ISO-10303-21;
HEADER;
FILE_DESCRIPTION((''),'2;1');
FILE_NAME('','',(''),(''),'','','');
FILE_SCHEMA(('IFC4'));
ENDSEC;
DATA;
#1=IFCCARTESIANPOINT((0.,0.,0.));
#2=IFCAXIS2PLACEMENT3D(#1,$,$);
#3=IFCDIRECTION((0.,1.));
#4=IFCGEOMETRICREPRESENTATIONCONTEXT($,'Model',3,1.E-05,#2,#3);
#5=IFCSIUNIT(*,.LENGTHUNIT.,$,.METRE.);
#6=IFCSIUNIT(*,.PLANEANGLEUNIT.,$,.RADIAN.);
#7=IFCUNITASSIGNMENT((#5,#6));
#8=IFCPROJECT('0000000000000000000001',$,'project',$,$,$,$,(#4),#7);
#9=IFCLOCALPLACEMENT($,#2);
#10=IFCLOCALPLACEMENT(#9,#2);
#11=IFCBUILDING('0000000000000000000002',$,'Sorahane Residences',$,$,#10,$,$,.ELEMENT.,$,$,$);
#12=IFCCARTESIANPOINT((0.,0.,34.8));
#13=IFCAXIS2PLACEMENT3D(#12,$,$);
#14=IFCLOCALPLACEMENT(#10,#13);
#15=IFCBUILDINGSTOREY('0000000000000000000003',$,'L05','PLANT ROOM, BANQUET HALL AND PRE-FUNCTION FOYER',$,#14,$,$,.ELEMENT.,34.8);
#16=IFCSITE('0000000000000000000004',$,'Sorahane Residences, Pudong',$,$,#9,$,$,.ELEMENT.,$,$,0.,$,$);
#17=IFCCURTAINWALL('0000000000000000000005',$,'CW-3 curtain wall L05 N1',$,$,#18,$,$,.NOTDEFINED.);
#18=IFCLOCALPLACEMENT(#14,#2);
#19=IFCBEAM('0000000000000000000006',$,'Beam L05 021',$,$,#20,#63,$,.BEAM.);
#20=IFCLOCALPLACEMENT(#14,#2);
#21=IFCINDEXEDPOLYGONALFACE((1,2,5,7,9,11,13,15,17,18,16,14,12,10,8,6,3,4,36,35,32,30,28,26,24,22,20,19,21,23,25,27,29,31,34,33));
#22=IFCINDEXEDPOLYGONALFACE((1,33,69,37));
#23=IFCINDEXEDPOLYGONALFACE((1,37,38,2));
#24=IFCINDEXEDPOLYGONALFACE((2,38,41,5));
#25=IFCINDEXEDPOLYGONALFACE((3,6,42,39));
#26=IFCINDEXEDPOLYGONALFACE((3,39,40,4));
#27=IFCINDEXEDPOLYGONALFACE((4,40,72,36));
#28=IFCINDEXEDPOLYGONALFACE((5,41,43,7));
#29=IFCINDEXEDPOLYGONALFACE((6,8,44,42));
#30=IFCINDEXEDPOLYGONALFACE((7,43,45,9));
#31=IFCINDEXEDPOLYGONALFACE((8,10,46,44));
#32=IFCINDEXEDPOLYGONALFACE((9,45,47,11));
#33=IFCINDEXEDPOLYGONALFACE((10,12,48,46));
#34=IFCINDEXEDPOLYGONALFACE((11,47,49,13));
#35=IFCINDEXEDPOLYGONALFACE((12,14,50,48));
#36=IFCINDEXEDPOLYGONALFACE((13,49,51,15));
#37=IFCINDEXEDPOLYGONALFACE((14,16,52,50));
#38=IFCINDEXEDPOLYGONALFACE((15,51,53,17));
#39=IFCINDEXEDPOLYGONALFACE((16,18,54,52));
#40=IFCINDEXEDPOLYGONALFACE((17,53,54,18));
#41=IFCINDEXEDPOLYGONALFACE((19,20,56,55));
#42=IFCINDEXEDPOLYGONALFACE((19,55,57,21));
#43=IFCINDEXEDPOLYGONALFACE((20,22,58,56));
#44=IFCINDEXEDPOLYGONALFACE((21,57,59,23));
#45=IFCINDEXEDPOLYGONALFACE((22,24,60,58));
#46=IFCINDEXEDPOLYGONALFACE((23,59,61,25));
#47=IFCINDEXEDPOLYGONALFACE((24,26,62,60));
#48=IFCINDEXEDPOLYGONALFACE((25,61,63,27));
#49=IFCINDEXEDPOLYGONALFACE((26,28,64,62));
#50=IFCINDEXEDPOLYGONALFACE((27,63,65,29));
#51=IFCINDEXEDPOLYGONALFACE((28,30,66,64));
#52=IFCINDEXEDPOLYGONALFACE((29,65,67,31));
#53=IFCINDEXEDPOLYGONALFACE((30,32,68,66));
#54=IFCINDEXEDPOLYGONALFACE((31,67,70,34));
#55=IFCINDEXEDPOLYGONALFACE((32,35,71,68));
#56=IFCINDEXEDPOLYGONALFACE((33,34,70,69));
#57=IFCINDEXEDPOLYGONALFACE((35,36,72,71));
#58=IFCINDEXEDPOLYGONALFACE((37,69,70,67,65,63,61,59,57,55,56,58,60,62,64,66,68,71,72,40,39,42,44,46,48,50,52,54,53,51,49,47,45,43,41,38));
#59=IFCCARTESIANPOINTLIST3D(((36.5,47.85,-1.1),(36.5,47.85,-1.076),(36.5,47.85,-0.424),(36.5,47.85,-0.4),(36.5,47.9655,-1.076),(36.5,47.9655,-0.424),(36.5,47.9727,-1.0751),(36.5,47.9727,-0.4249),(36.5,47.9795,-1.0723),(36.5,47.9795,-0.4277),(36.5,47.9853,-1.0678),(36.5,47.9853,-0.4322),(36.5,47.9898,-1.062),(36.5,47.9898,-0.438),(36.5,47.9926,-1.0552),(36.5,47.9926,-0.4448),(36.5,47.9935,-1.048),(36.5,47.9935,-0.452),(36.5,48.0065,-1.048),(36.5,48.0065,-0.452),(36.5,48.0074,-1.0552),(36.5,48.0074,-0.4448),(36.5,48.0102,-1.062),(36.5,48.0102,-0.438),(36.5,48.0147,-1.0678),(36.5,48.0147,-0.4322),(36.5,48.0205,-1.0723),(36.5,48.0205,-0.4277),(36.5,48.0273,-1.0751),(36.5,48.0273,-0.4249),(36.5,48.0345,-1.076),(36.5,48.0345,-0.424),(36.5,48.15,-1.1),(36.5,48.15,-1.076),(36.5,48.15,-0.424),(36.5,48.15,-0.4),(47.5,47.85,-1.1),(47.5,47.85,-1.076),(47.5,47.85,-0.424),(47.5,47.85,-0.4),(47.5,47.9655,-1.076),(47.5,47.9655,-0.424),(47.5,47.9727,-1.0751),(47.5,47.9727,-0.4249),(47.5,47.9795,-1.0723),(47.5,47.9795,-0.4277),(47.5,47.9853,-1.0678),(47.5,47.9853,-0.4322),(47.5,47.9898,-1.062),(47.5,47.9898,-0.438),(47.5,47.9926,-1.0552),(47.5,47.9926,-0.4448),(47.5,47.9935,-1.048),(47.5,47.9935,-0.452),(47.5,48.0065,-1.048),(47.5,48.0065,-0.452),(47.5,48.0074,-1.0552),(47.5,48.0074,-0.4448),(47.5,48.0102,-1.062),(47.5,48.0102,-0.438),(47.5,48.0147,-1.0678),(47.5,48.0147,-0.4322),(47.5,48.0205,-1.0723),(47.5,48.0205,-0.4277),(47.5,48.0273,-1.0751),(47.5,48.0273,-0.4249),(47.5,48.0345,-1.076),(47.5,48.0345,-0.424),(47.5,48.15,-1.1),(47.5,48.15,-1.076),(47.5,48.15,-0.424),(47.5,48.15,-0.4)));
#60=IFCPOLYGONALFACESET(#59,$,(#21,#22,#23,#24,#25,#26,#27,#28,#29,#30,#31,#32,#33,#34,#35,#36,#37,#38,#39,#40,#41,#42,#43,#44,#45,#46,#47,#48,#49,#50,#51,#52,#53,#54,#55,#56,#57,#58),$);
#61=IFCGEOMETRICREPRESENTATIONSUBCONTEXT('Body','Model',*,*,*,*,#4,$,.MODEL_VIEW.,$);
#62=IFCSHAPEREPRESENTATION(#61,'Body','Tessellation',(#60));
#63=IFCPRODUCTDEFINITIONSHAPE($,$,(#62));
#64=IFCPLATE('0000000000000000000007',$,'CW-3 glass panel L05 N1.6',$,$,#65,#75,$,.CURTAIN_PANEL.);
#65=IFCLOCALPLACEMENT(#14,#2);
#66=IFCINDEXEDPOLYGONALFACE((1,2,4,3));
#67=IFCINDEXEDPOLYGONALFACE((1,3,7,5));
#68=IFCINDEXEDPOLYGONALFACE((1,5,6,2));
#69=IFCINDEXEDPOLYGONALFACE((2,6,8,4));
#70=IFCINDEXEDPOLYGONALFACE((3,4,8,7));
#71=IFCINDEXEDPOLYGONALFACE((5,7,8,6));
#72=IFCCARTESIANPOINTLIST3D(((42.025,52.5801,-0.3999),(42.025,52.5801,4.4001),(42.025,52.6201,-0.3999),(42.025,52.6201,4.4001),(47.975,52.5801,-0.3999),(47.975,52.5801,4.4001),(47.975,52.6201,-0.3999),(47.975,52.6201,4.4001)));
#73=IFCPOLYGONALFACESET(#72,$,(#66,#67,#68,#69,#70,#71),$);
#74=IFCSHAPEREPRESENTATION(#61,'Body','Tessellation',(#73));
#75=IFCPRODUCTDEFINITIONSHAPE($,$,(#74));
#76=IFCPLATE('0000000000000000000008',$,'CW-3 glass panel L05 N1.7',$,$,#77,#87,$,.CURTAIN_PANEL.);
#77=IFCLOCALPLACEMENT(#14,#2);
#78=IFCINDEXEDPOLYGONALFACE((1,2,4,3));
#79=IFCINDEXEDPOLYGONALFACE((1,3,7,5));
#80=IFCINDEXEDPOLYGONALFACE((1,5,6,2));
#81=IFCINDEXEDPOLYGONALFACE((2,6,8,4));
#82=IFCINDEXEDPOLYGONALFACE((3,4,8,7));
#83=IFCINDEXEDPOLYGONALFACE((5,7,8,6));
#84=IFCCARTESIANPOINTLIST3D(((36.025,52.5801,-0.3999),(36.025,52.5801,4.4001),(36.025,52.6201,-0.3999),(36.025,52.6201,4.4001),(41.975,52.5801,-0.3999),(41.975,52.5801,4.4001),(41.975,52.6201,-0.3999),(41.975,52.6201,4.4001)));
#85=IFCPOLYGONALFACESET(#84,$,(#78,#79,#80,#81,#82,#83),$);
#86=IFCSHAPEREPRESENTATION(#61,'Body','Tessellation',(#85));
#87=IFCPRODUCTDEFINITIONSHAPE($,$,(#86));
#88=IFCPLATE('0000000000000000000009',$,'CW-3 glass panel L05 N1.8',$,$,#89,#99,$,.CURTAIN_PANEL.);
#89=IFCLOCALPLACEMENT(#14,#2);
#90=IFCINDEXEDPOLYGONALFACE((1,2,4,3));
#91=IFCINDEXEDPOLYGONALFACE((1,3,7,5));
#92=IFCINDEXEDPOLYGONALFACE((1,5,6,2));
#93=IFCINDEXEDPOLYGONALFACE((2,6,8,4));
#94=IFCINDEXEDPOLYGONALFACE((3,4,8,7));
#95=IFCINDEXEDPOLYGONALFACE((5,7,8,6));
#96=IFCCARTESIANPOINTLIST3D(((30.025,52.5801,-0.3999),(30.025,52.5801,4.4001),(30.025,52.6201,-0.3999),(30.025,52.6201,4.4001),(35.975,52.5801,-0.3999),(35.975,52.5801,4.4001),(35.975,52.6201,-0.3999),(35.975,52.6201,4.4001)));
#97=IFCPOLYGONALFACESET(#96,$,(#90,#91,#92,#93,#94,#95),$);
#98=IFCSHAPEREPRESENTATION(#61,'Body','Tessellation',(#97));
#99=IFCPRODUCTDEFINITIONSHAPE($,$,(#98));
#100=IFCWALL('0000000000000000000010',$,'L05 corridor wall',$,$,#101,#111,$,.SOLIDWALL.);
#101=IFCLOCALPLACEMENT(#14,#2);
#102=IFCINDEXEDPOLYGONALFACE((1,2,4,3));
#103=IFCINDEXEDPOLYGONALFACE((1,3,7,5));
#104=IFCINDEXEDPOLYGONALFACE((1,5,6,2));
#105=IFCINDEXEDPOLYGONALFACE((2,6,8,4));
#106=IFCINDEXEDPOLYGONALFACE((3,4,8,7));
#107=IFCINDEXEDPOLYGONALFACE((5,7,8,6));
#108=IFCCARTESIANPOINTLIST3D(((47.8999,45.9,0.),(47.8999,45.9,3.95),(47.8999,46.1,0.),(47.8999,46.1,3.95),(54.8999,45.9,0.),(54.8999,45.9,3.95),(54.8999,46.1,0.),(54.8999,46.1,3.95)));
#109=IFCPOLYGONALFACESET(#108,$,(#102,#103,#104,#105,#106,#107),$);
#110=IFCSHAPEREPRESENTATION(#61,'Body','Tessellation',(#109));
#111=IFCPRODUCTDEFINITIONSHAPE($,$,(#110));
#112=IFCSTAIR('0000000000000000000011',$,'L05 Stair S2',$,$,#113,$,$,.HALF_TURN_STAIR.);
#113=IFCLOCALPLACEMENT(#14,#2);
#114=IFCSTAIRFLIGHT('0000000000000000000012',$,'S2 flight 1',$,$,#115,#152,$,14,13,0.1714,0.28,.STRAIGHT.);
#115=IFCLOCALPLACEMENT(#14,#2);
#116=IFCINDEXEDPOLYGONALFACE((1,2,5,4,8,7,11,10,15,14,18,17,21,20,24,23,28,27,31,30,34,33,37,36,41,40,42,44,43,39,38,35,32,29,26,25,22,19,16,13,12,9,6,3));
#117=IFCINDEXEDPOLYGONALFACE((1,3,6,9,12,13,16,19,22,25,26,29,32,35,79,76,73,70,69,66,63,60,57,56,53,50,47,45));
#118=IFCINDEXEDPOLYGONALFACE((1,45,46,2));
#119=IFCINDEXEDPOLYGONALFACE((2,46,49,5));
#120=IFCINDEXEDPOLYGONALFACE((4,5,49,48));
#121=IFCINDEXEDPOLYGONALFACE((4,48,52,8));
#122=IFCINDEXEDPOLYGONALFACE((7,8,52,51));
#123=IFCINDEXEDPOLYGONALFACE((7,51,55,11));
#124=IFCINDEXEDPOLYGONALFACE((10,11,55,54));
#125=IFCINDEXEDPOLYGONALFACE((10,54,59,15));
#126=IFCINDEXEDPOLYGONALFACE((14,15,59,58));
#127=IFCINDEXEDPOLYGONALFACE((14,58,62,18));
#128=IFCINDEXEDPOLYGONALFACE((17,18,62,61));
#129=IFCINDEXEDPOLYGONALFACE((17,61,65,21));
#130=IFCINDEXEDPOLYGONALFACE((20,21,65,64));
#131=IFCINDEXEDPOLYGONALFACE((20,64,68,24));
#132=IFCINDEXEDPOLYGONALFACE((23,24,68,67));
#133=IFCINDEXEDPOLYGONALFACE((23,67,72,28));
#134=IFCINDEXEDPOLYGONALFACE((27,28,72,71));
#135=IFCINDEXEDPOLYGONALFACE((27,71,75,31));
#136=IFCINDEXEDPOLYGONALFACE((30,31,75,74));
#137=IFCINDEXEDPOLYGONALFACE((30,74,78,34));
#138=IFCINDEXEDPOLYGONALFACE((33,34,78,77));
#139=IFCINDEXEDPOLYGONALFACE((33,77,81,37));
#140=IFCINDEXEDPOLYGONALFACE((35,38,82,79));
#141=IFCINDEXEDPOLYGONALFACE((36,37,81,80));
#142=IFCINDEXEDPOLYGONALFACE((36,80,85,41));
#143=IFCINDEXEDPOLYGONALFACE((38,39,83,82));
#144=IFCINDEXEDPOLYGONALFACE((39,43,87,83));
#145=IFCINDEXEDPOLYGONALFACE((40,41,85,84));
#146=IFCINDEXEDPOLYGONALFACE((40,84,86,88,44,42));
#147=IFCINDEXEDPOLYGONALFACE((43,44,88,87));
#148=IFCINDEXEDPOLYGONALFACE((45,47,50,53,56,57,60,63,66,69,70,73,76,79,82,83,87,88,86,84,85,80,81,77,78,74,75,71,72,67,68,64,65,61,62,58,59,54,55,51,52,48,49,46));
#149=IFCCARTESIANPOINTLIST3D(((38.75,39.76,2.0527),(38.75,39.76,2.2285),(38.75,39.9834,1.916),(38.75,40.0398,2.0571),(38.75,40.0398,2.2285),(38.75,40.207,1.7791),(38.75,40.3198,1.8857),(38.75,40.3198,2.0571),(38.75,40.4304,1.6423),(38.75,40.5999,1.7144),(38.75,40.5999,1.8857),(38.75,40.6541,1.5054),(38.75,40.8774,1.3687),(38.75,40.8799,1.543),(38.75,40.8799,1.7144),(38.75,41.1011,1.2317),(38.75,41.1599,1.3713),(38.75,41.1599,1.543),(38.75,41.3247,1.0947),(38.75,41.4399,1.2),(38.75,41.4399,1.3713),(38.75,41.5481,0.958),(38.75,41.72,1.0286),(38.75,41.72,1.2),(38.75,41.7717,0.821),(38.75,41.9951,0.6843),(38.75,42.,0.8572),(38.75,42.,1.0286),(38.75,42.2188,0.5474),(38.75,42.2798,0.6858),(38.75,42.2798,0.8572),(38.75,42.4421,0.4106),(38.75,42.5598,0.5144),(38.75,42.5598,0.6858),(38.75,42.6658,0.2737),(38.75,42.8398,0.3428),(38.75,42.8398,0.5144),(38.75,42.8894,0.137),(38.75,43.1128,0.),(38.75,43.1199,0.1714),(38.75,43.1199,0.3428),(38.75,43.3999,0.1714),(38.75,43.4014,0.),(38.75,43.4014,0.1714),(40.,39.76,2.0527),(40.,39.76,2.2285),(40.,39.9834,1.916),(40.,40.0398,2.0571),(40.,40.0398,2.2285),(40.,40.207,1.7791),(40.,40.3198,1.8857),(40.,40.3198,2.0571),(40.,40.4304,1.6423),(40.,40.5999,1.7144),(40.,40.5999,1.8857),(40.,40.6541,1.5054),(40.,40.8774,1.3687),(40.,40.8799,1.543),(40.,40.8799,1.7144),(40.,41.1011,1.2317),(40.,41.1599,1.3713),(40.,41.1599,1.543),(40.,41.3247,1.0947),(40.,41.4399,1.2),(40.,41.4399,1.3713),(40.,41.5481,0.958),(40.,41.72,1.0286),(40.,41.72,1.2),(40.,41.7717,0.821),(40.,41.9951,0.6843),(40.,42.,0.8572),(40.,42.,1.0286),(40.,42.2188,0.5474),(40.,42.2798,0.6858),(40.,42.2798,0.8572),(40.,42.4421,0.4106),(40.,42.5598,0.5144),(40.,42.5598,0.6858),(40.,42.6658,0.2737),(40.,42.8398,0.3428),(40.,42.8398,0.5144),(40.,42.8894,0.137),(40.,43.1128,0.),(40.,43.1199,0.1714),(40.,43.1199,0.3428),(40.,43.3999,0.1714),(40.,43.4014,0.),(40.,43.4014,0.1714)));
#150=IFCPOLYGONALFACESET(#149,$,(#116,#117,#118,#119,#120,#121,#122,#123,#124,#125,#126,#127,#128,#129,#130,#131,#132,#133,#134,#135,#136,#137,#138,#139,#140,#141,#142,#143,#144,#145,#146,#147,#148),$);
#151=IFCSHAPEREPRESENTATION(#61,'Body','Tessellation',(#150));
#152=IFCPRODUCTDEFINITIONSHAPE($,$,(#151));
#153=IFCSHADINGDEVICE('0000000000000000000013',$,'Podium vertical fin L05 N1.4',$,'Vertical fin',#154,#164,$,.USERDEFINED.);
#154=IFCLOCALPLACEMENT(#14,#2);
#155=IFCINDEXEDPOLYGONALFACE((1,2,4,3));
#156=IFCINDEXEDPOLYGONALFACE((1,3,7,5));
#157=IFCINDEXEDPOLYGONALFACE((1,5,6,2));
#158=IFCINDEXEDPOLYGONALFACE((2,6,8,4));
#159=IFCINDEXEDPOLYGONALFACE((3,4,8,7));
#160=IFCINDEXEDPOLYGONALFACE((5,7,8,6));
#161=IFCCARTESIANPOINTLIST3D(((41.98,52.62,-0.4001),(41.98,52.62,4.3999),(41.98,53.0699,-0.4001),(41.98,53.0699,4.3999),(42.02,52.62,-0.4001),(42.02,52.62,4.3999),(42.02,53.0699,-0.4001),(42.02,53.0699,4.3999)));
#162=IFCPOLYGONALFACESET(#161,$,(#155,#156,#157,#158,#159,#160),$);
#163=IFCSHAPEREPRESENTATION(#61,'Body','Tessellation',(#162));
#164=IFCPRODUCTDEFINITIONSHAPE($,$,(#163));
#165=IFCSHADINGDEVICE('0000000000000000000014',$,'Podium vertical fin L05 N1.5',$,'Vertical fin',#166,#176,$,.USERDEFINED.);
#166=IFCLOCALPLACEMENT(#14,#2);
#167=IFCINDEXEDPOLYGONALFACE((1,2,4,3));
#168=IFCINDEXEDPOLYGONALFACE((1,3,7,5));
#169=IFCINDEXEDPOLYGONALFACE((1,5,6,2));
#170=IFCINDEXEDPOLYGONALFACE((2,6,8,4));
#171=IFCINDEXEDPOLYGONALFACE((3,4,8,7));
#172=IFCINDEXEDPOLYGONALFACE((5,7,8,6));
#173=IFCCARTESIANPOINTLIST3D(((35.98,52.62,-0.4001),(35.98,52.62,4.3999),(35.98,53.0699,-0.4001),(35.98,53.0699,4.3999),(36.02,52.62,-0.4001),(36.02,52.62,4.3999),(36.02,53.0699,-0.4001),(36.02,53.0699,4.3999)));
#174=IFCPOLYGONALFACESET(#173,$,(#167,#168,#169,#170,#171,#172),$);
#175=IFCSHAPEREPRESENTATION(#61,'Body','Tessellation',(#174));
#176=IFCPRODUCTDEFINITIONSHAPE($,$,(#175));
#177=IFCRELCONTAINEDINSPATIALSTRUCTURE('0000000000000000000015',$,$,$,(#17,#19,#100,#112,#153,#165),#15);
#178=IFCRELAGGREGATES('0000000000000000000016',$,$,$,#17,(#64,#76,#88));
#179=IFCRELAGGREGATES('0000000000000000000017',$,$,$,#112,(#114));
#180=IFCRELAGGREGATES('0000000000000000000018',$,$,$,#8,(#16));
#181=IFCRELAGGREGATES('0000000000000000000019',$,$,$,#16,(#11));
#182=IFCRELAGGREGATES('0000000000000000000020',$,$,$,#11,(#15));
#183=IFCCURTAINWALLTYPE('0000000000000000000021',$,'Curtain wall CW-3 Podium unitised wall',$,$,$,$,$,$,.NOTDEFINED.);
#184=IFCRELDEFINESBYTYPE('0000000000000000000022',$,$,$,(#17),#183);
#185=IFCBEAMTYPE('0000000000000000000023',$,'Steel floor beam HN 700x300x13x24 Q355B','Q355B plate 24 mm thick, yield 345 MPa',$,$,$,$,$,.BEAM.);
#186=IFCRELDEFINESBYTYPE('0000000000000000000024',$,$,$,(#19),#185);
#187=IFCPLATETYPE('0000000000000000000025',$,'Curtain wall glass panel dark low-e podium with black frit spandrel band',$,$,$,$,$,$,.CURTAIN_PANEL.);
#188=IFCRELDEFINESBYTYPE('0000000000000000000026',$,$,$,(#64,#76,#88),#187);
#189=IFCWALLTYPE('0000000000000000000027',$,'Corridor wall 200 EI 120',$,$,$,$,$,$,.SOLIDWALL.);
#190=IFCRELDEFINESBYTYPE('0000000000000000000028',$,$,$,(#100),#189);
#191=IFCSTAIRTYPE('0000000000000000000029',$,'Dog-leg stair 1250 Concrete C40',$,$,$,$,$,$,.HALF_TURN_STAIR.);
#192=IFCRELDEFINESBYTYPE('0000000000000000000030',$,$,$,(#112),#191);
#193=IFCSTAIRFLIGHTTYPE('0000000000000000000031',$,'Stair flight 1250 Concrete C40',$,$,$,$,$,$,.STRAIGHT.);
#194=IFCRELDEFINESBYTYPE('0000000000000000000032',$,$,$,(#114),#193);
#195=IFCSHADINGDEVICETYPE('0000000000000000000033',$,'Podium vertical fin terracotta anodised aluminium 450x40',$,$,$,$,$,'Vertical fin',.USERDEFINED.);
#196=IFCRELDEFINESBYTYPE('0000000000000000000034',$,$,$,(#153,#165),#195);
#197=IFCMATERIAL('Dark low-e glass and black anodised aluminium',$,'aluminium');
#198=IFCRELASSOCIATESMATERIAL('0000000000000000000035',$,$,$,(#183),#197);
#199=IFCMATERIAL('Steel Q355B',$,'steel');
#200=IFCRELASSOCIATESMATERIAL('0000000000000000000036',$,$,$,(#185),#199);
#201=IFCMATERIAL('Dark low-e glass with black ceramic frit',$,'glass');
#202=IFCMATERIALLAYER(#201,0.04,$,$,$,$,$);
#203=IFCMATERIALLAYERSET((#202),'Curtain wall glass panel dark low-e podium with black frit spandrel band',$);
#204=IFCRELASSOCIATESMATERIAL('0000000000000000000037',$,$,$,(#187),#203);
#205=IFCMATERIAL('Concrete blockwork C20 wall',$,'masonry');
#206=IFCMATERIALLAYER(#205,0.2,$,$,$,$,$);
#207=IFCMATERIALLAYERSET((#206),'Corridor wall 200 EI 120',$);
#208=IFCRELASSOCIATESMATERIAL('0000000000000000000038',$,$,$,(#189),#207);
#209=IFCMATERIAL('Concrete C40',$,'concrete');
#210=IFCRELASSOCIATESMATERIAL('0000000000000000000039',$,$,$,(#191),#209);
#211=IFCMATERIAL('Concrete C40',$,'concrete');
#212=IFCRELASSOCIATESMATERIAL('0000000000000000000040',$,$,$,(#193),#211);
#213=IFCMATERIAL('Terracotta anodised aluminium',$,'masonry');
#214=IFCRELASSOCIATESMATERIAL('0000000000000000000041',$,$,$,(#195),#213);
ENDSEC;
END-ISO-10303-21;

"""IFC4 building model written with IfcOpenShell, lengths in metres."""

from ifc_helpers import new_model, si_unit, direction, frame, frame_2d, origin, origin_2d, place, context, subcontext, project, spatial, polyline, rectangle, i_section, outline, extrude, material, layer, layer_set, material_profile, profile_set, type_object, element, aggregate, save


model = new_model("IFC4")

# Units and contexts
model_context = context("Model", 3, precision=1e-05, world=origin(), true_north=direction((0.0, 1.0)))
body_context = subcontext(model_context, "Body", "Model", "MODEL_VIEW")
ifc_project = project(units=[si_unit("LENGTHUNIT", "METRE"), si_unit("PLANEANGLEUNIT", "RADIAN")], contexts=[model_context])

# Site, building, storey
site_placement = place(None, origin())
site = spatial("IfcSite", under=ifc_project, at=site_placement, Name="Sorahane Residences, Pudong", CompositionType="ELEMENT", RefElevation=0.0)
building_placement = place(site_placement, origin())
building = spatial("IfcBuilding", under=site, at=building_placement, Name="Sorahane Residences", CompositionType="ELEMENT")
storey_placement = place(building_placement, frame((0.0, 0.0, 34.8)))
storey = spatial("IfcBuildingStorey", under=building, at=storey_placement, Name="L05", Description="PLANT ROOM, BANQUET HALL AND PRE-FUNCTION FOYER", CompositionType="ELEMENT", Elevation=34.8)

# Curtain wall
ifc_material_1 = material(Name="Dark low-e glass and black anodised aluminium", Category="aluminium")
curtain_wall_type = type_object("IfcCurtainWallType", Name="Curtain wall CW-3 Podium unitised wall", PredefinedType="NOTDEFINED", material=ifc_material_1)
curtain_wall_placement = place(storey_placement, origin())
curtain_wall = element("IfcCurtainWall", 1, at=curtain_wall_placement, inside=storey, type_object=curtain_wall_type, Name="CW-3 curtain wall L05 N1", PredefinedType="NOTDEFINED")

# Beam
ifc_material_2 = material(Name="Steel Q355B", Category="steel")
ifc_material_profile_1 = material_profile(ifc_material_2, i_section(OverallWidth=0.3, OverallDepth=0.7, WebThickness=0.0129, FlangeThickness=0.0239, FilletRadius=0.0281, at=origin_2d()), Name="HN 700x300x13x24")
ifc_profile_set_1 = profile_set([ifc_material_profile_1], Name="Steel Q355B")
beam_type_1 = type_object("IfcBeamType", Name="Steel floor beam HN 700x300x13x24 Q355B", Description="Q355B plate 24 mm thick, yield 345 MPa", PredefinedType="BEAM", material=ifc_profile_set_1)
beam_1_placement = place(storey_placement, frame((36.5, 48.0, -0.75), z_axis=(1.0, 0.0, 0.0), x_axis=(0.0, 1.0, 0.0)))
element("IfcBeam", 2, at=beam_1_placement, inside=storey, type_object=beam_type_1, Name="Beam L05 021", PredefinedType="BEAM", context=body_context, shape_type="SweptSolid", body=[
    extrude(i_section(OverallWidth=0.3, OverallDepth=0.7, WebThickness=0.0129, FlangeThickness=0.0239, FilletRadius=0.0281, at=origin_2d()), origin(), (0.0, 0.0, 1.0), 11.0),
])

# Plates
ifc_material_3 = material(Name="Dark low-e glass with black ceramic frit", Category="glass")
ifc_layer_1 = layer(ifc_material_3, 0.04)
ifc_layer_set_1 = layer_set([ifc_layer_1], Name="Curtain wall glass panel dark low-e podium with black frit spandrel band")
plate_type = type_object("IfcPlateType", Name="Curtain wall glass panel dark low-e podium with black frit spandrel band", PredefinedType="CURTAIN_PANEL", material=ifc_layer_set_1)
plate_1_placement = place(storey_placement, frame((45.0, 52.6001, -0.3999), z_axis=(0.0, 0.0, 1.0), x_axis=(-1.0, 0.0, 0.0)))
plate_1 = element("IfcPlate", 3, at=plate_1_placement, type_object=plate_type, Name="CW-3 glass panel L05 N1.6", PredefinedType="CURTAIN_PANEL", context=body_context, shape_type="SweptSolid", body=[
    extrude(rectangle(XDim=5.95, YDim=0.04, at=origin_2d()), origin(), (0.0, 0.0, 1.0), 4.8),
])
plate_2_placement = place(storey_placement, frame((39.0, 52.6001, -0.3999), z_axis=(0.0, 0.0, 1.0), x_axis=(-1.0, 0.0, 0.0)))
plate_2 = element("IfcPlate", 4, at=plate_2_placement, type_object=plate_type, Name="CW-3 glass panel L05 N1.7", PredefinedType="CURTAIN_PANEL", context=body_context, shape_type="SweptSolid", body=[
    extrude(rectangle(XDim=5.95, YDim=0.04, at=origin_2d()), origin(), (0.0, 0.0, 1.0), 4.8),
])
plate_3_placement = place(storey_placement, frame((33.0, 52.6001, -0.3999), z_axis=(0.0, 0.0, 1.0), x_axis=(-1.0, 0.0, 0.0)))
plate_3 = element("IfcPlate", 5, at=plate_3_placement, type_object=plate_type, Name="CW-3 glass panel L05 N1.8", PredefinedType="CURTAIN_PANEL", context=body_context, shape_type="SweptSolid", body=[
    extrude(rectangle(XDim=5.95, YDim=0.04, at=origin_2d()), origin(), (0.0, 0.0, 1.0), 4.8),
])
aggregate(curtain_wall, [plate_1, plate_2, plate_3])

# Wall
ifc_material_4 = material(Name="Concrete blockwork C20 wall", Category="masonry")
ifc_layer_2 = layer(ifc_material_4, 0.2)
ifc_layer_set_2 = layer_set([ifc_layer_2], Name="Corridor wall 200 EI 120")
wall_type = type_object("IfcWallType", Name="Corridor wall 200 EI 120", PredefinedType="SOLIDWALL", material=ifc_layer_set_2)
wall_placement = place(storey_placement, frame((47.8999, 46.0, 0.0), z_axis=(0.0, 0.0, 1.0), x_axis=(1.0, 0.0, 0.0)))
element("IfcWall", 6, at=wall_placement, inside=storey, type_object=wall_type, Name="L05 corridor wall", PredefinedType="SOLIDWALL", context=body_context, shape_type="SweptSolid", body=[
    extrude(rectangle(XDim=7.0, YDim=0.2, at=frame_2d((3.5, 0.0))), origin(), (0.0, 0.0, 1.0), 3.95),
])

# Stair, stair flight
ifc_material_5 = material(Name="Concrete C40", Category="concrete")
stair_type = type_object("IfcStairType", Name="Dog-leg stair 1250 Concrete C40", PredefinedType="HALF_TURN_STAIR", material=ifc_material_5)
stair_placement = place(storey_placement, origin())
stair = element("IfcStair", 7, at=stair_placement, inside=storey, type_object=stair_type, Name="L05 Stair S2", PredefinedType="HALF_TURN_STAIR")
ifc_material_6 = material(Name="Concrete C40", Category="concrete")
stair_flight_type = type_object("IfcStairFlightType", Name="Stair flight 1250 Concrete C40", PredefinedType="STRAIGHT", material=ifc_material_6)
stair_flight_placement = place(storey_placement, frame((39.375, 43.3999, 0.0), z_axis=(0.0, 0.0, 1.0), x_axis=(0.0, -1.0, 0.0)))
stair_flight = element("IfcStairFlight", 8, at=stair_flight_placement, type_object=stair_flight_type, Name="S2 flight 1", NumberOfRisers=14, NumberOfTreads=13, PredefinedType="STRAIGHT", RiserHeight=0.1714, TreadLength=0.28, context=body_context, shape_type="SweptSolid", body=[
    extrude(outline(polyline([(-0.0015, 0.0), (-0.0015, 0.1714), (0.0, 0.1714), (0.28, 0.1714), (0.28, 0.3428), (0.5601, 0.3428), (0.5601, 0.5144), (0.8401, 0.5144), (0.8401, 0.6858), (1.1201, 0.6858), (1.1201, 0.8572), (1.3999, 0.8572), (1.3999, 1.0286), (1.6799, 1.0286), (1.6799, 1.2), (1.96, 1.2), (1.96, 1.3713), (2.24, 1.3713), (2.24, 1.543), (2.52, 1.543), (2.52, 1.7144), (2.8, 1.7144), (2.8, 1.8857), (3.0801, 1.8857), (3.0801, 2.0571), (3.3601, 2.0571), (3.3601, 2.2285), (3.6399, 2.2285), (3.6399, 2.3999), (3.6399, 2.0527), (3.4165, 1.916), (3.1929, 1.7791), (2.9695, 1.6423), (2.7458, 1.5054), (2.5225, 1.3687), (2.2988, 1.2317), (2.0752, 1.0947), (1.8518, 0.958), (1.6282, 0.821), (1.4048, 0.6843), (1.1812, 0.5474), (0.9578, 0.4106), (0.7341, 0.2737), (0.5105, 0.137), (0.2871, 0.0), (-0.0015, 0.0)])), frame((0.0, 0.625, 0.0), z_axis=(0.0, -1.0, 0.0), x_axis=(1.0, 0.0, 0.0)), (0.0, 0.0, 1.0), 1.25),
])
aggregate(stair, [stair_flight])

# Shading devices
ifc_material_7 = material(Name="Terracotta anodised aluminium", Category="masonry")
ifc_material_profile_2 = material_profile(ifc_material_7, rectangle(XDim=0.45, YDim=0.04, at=origin_2d()), Name="Podium vertical fin terracotta anodised aluminium 450x40")
ifc_profile_set_2 = profile_set([ifc_material_profile_2], Name="Terracotta anodised aluminium")
shading_device_type = type_object("IfcShadingDeviceType", Name="Podium vertical fin terracotta anodised aluminium 450x40", ElementType="Vertical fin", PredefinedType="USERDEFINED", material=ifc_profile_set_2)
for number, where, z_axis, x_axis, name in (
    (9, (42.0, 52.845, -0.4001), (0.0, 0.0, 1.0), (0.0, 1.0, 0.0), "Podium vertical fin L05 N1.4"),
    (10, (36.0, 52.845, -0.4001), (0.0, 0.0, 1.0), (0.0, 1.0, 0.0), "Podium vertical fin L05 N1.5"),
):
    element("IfcShadingDevice", number, at=place(storey_placement, frame(where, z_axis=z_axis, x_axis=x_axis)), inside=storey, type_object=shading_device_type, Name=name, ObjectType="Vertical fin", PredefinedType="USERDEFINED", context=body_context, shape_type="SweptSolid", body=[
        extrude(rectangle(XDim=0.45, YDim=0.04, at=origin_2d()), origin(), (0.0, 0.0, 1.0), 4.8),
    ])

save(model, "model.ifc")
